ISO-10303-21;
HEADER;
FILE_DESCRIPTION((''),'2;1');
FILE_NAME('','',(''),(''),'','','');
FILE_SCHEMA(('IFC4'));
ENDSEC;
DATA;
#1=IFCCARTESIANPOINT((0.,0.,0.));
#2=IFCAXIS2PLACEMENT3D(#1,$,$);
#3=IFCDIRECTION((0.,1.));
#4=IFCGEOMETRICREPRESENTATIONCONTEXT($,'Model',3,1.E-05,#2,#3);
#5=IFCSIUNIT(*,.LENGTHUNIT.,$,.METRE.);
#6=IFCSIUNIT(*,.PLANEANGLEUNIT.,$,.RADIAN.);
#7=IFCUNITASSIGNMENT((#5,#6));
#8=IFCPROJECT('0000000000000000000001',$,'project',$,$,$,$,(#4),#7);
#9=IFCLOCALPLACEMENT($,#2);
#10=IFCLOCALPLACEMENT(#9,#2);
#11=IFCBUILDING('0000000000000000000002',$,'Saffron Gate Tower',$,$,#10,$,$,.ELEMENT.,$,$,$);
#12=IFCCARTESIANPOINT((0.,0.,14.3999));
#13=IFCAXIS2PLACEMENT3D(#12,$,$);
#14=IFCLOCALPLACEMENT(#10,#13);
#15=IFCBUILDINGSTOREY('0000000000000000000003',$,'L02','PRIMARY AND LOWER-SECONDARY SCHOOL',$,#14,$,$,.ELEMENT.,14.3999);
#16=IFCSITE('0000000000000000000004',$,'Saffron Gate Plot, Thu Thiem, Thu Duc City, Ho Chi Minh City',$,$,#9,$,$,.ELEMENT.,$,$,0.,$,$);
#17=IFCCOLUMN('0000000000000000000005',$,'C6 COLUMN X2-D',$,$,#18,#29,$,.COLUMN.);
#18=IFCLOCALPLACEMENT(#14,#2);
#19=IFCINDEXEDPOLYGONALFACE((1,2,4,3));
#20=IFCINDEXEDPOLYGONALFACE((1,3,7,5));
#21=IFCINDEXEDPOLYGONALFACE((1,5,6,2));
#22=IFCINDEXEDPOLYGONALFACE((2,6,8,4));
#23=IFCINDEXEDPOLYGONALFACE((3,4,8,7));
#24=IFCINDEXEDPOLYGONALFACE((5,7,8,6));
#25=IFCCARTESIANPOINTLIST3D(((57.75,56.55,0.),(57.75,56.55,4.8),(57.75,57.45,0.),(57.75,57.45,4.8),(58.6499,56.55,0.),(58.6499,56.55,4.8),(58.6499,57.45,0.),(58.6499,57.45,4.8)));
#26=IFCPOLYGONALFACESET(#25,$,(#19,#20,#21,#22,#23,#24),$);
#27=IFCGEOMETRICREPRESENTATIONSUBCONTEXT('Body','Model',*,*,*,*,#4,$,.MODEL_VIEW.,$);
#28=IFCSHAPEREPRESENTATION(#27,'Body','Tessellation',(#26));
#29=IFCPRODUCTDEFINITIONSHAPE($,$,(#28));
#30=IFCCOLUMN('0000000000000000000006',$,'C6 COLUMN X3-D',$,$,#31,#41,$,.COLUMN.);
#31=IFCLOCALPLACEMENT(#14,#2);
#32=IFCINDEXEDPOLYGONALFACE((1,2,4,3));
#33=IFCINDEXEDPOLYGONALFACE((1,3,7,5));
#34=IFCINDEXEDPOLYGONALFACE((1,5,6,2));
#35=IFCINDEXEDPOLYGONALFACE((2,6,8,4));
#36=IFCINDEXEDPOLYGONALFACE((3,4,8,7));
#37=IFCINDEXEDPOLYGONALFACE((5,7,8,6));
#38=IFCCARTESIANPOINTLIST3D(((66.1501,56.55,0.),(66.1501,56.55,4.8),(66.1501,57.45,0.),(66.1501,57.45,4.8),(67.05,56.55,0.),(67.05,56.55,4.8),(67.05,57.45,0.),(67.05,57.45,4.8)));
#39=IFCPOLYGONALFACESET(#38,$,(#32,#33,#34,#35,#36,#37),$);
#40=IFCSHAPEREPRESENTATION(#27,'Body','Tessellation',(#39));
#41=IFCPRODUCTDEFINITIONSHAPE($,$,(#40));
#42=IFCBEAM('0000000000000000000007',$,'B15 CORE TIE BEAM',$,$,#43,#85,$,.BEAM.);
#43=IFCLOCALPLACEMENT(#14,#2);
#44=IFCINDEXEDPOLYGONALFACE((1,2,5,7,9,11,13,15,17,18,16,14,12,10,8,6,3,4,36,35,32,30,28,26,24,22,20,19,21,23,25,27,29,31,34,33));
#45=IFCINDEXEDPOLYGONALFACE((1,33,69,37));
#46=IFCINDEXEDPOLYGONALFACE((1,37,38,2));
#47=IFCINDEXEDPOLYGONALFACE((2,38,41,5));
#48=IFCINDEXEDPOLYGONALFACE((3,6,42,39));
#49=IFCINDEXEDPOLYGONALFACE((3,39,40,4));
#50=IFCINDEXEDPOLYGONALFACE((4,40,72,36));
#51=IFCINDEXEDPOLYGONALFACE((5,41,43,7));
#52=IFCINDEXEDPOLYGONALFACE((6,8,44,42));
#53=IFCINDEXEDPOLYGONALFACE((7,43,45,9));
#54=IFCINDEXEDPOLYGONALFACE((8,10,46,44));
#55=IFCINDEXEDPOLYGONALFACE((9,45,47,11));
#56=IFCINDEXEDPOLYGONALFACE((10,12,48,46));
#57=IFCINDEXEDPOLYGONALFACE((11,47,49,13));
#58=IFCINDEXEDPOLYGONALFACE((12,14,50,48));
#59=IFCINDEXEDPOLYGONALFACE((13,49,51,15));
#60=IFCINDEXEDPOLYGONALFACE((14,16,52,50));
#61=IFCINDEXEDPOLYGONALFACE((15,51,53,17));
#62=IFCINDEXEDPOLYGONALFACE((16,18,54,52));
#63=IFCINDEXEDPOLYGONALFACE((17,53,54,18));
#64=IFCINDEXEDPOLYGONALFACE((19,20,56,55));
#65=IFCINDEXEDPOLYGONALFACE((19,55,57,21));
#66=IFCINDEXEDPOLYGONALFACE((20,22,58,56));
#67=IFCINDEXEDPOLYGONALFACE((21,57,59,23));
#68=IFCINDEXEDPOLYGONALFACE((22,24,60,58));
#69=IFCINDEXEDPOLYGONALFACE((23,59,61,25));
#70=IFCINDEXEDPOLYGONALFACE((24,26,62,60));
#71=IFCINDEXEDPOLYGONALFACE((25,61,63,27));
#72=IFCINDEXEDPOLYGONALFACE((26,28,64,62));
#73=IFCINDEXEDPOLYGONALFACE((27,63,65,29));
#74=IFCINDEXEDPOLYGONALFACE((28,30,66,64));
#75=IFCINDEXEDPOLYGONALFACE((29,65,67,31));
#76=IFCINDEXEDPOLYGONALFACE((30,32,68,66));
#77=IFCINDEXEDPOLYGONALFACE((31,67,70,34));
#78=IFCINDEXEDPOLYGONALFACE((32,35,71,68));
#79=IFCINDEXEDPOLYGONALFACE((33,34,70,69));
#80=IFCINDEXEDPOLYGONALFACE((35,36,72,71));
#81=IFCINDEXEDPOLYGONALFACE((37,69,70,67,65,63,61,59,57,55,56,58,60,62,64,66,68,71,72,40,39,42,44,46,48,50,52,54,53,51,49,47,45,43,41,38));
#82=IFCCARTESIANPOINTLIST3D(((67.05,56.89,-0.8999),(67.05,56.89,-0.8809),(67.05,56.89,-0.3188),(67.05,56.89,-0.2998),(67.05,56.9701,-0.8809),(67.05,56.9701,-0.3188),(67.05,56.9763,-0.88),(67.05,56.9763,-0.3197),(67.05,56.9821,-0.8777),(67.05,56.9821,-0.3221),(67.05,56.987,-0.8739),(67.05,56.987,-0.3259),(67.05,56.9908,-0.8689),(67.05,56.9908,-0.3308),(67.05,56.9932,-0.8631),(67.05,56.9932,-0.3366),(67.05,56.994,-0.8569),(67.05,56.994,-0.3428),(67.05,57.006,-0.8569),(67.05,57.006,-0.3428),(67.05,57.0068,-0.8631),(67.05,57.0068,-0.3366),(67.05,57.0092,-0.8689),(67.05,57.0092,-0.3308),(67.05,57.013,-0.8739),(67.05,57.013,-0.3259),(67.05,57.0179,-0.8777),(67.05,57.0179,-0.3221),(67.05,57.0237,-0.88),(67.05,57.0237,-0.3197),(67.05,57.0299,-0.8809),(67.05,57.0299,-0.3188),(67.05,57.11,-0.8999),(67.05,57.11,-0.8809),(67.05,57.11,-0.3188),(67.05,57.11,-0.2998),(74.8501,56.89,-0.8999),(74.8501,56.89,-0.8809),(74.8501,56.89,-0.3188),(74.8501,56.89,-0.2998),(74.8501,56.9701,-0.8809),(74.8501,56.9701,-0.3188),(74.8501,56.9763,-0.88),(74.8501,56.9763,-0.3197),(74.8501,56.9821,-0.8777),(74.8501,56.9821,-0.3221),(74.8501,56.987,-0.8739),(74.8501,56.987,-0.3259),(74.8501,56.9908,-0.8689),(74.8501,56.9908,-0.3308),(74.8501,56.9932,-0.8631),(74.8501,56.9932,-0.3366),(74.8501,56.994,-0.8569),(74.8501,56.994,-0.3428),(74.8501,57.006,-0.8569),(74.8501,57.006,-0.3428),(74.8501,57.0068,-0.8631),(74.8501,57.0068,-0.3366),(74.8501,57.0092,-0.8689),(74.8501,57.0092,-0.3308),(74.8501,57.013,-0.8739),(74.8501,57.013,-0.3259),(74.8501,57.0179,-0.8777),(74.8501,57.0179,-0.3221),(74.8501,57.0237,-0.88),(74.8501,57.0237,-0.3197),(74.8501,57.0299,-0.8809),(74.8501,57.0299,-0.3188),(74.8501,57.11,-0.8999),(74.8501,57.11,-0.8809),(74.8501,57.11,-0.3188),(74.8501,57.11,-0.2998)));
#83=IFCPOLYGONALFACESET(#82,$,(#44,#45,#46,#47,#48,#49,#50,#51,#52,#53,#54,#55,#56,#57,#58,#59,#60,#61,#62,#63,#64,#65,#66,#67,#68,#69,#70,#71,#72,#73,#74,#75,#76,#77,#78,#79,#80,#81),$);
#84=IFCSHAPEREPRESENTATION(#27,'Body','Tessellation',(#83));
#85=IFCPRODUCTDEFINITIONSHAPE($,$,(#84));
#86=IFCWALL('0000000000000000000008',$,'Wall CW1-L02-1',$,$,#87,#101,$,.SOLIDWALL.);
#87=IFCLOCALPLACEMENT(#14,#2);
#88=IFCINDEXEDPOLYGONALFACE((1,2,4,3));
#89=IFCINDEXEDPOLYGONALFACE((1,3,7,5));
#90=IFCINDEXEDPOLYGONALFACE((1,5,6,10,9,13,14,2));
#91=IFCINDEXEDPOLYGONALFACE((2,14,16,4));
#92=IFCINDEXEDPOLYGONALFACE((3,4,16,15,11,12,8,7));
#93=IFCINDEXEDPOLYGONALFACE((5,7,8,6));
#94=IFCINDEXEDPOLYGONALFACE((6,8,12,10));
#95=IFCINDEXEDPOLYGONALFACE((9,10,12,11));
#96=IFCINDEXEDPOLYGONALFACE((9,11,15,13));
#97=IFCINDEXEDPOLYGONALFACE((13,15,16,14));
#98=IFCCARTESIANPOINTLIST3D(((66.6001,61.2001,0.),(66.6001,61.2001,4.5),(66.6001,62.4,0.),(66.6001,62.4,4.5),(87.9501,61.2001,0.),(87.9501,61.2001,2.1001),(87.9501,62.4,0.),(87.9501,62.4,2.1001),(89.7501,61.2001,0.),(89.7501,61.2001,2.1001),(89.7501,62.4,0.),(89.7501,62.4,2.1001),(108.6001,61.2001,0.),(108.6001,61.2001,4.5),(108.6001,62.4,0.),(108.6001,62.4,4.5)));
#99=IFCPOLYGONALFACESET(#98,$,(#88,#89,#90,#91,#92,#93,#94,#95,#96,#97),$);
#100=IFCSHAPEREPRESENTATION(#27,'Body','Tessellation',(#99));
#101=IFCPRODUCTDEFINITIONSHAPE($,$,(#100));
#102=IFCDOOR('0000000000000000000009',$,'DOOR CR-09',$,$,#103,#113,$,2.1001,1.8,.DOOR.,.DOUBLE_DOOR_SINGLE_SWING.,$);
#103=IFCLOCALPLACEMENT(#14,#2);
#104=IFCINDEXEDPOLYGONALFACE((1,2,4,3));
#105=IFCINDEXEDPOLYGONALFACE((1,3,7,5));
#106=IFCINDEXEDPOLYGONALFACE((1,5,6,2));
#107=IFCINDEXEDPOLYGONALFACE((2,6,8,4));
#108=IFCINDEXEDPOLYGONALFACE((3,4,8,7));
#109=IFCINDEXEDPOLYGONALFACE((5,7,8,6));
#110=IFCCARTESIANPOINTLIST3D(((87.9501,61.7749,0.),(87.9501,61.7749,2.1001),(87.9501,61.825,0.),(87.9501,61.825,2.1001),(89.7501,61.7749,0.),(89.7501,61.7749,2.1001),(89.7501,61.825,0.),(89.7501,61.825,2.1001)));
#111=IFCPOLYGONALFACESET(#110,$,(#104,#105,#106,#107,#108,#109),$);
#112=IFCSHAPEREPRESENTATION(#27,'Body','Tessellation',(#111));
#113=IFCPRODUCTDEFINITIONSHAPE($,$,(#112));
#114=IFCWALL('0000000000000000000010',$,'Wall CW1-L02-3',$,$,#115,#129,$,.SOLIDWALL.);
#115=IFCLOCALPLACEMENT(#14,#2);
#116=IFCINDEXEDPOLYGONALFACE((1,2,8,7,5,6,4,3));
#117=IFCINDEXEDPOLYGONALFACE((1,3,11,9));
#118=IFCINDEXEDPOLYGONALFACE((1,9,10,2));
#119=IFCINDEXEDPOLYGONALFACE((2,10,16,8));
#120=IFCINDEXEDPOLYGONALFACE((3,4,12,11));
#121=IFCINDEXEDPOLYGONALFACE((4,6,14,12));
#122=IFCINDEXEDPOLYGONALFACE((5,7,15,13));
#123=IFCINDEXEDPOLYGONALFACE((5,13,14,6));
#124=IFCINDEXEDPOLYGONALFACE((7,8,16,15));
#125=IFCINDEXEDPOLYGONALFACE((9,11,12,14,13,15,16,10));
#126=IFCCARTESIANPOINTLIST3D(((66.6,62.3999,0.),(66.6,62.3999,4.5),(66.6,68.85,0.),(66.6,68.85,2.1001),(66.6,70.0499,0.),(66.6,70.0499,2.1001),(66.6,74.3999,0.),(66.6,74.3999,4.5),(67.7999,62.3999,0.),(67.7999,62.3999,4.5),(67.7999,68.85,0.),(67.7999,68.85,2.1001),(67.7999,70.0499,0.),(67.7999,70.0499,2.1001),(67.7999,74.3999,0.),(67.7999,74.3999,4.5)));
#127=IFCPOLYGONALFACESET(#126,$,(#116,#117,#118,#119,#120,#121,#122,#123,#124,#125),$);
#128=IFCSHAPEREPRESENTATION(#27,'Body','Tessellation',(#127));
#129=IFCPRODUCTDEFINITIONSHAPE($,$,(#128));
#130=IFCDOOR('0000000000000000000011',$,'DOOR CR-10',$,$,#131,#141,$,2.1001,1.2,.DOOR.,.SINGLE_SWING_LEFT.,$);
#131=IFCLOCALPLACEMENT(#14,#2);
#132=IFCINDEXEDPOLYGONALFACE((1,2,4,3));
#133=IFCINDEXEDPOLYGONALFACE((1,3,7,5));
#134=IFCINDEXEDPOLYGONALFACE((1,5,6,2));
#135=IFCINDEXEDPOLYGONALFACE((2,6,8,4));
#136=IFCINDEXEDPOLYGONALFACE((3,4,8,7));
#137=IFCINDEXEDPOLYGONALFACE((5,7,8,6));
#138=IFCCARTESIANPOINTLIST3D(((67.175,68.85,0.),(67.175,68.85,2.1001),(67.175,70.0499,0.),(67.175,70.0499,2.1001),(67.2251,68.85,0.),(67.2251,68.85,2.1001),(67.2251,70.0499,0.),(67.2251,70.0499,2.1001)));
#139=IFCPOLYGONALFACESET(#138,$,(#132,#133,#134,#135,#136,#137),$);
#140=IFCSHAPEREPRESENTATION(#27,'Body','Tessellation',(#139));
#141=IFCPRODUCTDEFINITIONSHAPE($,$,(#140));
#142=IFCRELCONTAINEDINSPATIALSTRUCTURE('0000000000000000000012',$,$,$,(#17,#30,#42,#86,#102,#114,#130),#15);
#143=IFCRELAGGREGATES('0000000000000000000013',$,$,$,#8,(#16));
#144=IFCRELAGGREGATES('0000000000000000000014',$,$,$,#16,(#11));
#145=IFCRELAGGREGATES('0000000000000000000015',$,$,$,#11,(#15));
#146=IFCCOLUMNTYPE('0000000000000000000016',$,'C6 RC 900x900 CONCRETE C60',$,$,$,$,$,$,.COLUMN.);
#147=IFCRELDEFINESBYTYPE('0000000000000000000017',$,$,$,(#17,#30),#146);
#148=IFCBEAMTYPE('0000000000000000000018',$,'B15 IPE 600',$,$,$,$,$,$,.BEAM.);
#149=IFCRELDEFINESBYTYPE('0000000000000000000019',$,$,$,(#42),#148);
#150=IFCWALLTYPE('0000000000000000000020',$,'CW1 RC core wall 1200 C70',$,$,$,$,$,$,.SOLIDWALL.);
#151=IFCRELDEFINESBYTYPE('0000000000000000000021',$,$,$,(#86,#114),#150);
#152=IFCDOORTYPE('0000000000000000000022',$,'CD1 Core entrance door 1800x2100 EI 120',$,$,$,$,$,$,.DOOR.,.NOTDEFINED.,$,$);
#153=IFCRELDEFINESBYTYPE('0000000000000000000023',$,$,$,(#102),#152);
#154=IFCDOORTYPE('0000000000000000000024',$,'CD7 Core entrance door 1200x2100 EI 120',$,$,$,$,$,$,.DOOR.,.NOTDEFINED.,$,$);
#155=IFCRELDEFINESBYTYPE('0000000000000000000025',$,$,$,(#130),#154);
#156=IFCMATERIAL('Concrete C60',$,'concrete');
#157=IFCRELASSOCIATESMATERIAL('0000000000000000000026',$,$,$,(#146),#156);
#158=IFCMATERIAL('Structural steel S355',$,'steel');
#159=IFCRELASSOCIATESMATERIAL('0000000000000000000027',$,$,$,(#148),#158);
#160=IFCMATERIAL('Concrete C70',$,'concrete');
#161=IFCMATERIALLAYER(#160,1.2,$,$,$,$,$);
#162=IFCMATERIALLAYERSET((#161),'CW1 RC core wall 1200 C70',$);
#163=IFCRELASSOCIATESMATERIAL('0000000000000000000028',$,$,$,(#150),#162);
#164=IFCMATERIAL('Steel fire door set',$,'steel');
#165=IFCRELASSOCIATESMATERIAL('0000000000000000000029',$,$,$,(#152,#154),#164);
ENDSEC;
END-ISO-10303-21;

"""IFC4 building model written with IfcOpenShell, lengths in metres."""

from ifc_helpers import new_model, si_unit, direction, frame, frame_2d, origin, origin_2d, place, context, subcontext, project, spatial, rectangle, i_section, extrude, material, layer, layer_set, material_profile, profile_set, type_object, element, fill, save


model = new_model("IFC4")

# Units and contexts
model_context = context("Model", 3, precision=1e-05, world=origin(), true_north=direction((0.0, 1.0)))
body_context = subcontext(model_context, "Body", "Model", "MODEL_VIEW")
ifc_project = project(units=[si_unit("LENGTHUNIT", "METRE"), si_unit("PLANEANGLEUNIT", "RADIAN")], contexts=[model_context])

# Site, building, storey
site_placement = place(None, origin())
site = spatial("IfcSite", under=ifc_project, at=site_placement, Name="Saffron Gate Plot, Thu Thiem, Thu Duc City, Ho Chi Minh City", CompositionType="ELEMENT", RefElevation=0.0)
building_placement = place(site_placement, origin())
building = spatial("IfcBuilding", under=site, at=building_placement, Name="Saffron Gate Tower", CompositionType="ELEMENT")
storey_placement = place(building_placement, frame((0.0, 0.0, 14.3999)))
storey = spatial("IfcBuildingStorey", under=building, at=storey_placement, Name="L02", Description="PRIMARY AND LOWER-SECONDARY SCHOOL", CompositionType="ELEMENT", Elevation=14.3999)

# Columns
ifc_material_1 = material(Name="Concrete C60", Category="concrete")
ifc_material_profile_1 = material_profile(ifc_material_1, rectangle(XDim=0.8999, YDim=0.8999, at=origin_2d()))
ifc_profile_set_1 = profile_set([ifc_material_profile_1], Name="Concrete C60")
column_type = type_object("IfcColumnType", Name="C6 RC 900x900 CONCRETE C60", PredefinedType="COLUMN", material=ifc_profile_set_1)
for number, where, z_axis, x_axis, name in (
    (1, (58.2, 57.0, 0.0), (0.0, 0.0, 1.0), (1.0, 0.0, 0.0), "C6 COLUMN X2-D"),
    (2, (66.6001, 57.0, 0.0), (0.0, 0.0, 1.0), (1.0, 0.0, 0.0), "C6 COLUMN X3-D"),
):
    element("IfcColumn", number, at=place(storey_placement, frame(where, z_axis=z_axis, x_axis=x_axis)), inside=storey, type_object=column_type, Name=name, PredefinedType="COLUMN", context=body_context, shape_type="SweptSolid", body=[
        extrude(rectangle(XDim=0.8999, YDim=0.8999, at=origin_2d()), origin(), (0.0, 0.0, 1.0), 4.8),
    ])

# Beam
ifc_material_2 = material(Name="Structural steel S355", Category="steel")
ifc_material_profile_2 = material_profile(ifc_material_2, i_section(OverallWidth=0.22, OverallDepth=0.6001, WebThickness=0.012, FlangeThickness=0.019, FilletRadius=0.0239, at=origin_2d()))
ifc_profile_set_2 = profile_set([ifc_material_profile_2], Name="Structural steel S355")
beam_type = type_object("IfcBeamType", Name="B15 IPE 600", PredefinedType="BEAM", material=ifc_profile_set_2)
beam_placement = place(storey_placement, frame((67.05, 57.0, -0.5999), z_axis=(1.0, 0.0, 0.0), x_axis=(0.0, 1.0, 0.0)))
element("IfcBeam", 3, at=beam_placement, inside=storey, type_object=beam_type, Name="B15 CORE TIE BEAM", PredefinedType="BEAM", context=body_context, shape_type="SweptSolid", body=[
    extrude(i_section(OverallWidth=0.22, OverallDepth=0.6001, WebThickness=0.012, FlangeThickness=0.019, FilletRadius=0.0239, at=origin_2d()), origin(), (0.0, 0.0, 1.0), 7.8),
])

# Walls, openings, doors
ifc_material_3 = material(Name="Concrete C70", Category="concrete")
ifc_layer_1 = layer(ifc_material_3, 1.2)
ifc_layer_set_1 = layer_set([ifc_layer_1], Name="CW1 RC core wall 1200 C70")
wall_type_1 = type_object("IfcWallType", Name="CW1 RC core wall 1200 C70", PredefinedType="SOLIDWALL", material=ifc_layer_set_1)
wall_1_placement = place(storey_placement, frame((66.6001, 61.8, 0.0), z_axis=(0.0, 0.0, 1.0), x_axis=(1.0, 0.0, 0.0)))
wall_1 = element("IfcWall", 4, at=wall_1_placement, inside=storey, type_object=wall_type_1, Name="Wall CW1-L02-1", PredefinedType="SOLIDWALL", context=body_context, shape_type="SweptSolid", body=[
    extrude(rectangle(XDim=42.0, YDim=1.2, at=frame_2d((21.0, 0.0))), origin(), (0.0, 0.0, 1.0), 4.5),
])
opening_1_placement = place(wall_1_placement, frame((21.3501, 0.0, 0.0)))
opening_1 = element("IfcOpeningElement", 5, at=opening_1_placement, cuts=wall_1, PredefinedType="OPENING", context=body_context, shape_type="SweptSolid", body=[
    extrude(rectangle(XDim=1.8, YDim=2.1001, at=frame_2d((0.8999, 1.05))), frame((0.0, 0.6099, 0.0), z_axis=(0.0, -1.0, 0.0), x_axis=(1.0, 0.0, 0.0)), (0.0, 0.0, 1.0), 1.22),
])
ifc_material_4 = material(Name="Steel fire door set", Category="steel")
door_type_1 = type_object("IfcDoorType", Name="CD1 Core entrance door 1800x2100 EI 120", OperationType="NOTDEFINED", PredefinedType="DOOR", material=ifc_material_4)
door_1_placement = place(opening_1_placement, origin())
door_1 = element("IfcDoor", 6, at=door_1_placement, inside=storey, type_object=door_type_1, Name="DOOR CR-09", OperationType="DOUBLE_DOOR_SINGLE_SWING", OverallHeight=2.1001, OverallWidth=1.8, PredefinedType="DOOR", context=body_context, shape_type="SweptSolid", body=[
    extrude(rectangle(XDim=1.8, YDim=2.1001, at=frame_2d((0.8999, 1.05))), frame((0.0, 0.0249, 0.0), z_axis=(0.0, -1.0, 0.0), x_axis=(1.0, 0.0, 0.0)), (0.0, 0.0, 1.0), 0.05),
])
fill(opening_1, door_1)
wall_2_placement = place(storey_placement, frame((67.2, 62.3999, 0.0), z_axis=(0.0, 0.0, 1.0), x_axis=(0.0, 1.0, 0.0)))
wall_2 = element("IfcWall", 7, at=wall_2_placement, inside=storey, type_object=wall_type_1, Name="Wall CW1-L02-3", PredefinedType="SOLIDWALL", context=body_context, shape_type="SweptSolid", body=[
    extrude(rectangle(XDim=12.0, YDim=1.2, at=frame_2d((6.0, 0.0))), origin(), (0.0, 0.0, 1.0), 4.5),
])
opening_2_placement = place(wall_2_placement, frame((6.45, 0.0, 0.0)))
opening_2 = element("IfcOpeningElement", 8, at=opening_2_placement, cuts=wall_2, PredefinedType="OPENING", context=body_context, shape_type="SweptSolid", body=[
    extrude(rectangle(XDim=1.2, YDim=2.1001, at=frame_2d((0.6001, 1.05))), frame((0.0, 0.6099, 0.0), z_axis=(0.0, -1.0, 0.0), x_axis=(1.0, 0.0, 0.0)), (0.0, 0.0, 1.0), 1.22),
])
door_type_2 = type_object("IfcDoorType", Name="CD7 Core entrance door 1200x2100 EI 120", OperationType="NOTDEFINED", PredefinedType="DOOR", material=ifc_material_4)
door_2_placement = place(opening_2_placement, origin())
door_2 = element("IfcDoor", 9, at=door_2_placement, inside=storey, type_object=door_type_2, Name="DOOR CR-10", OperationType="SINGLE_SWING_LEFT", OverallHeight=2.1001, OverallWidth=1.2, PredefinedType="DOOR", context=body_context, shape_type="SweptSolid", body=[
    extrude(rectangle(XDim=1.2, YDim=2.1001, at=frame_2d((0.6001, 1.05))), frame((0.0, 0.0249, 0.0), z_axis=(0.0, -1.0, 0.0), x_axis=(1.0, 0.0, 0.0)), (0.0, 0.0, 1.0), 0.05),
])
fill(opening_2, door_2)

save(model, "model.ifc")
